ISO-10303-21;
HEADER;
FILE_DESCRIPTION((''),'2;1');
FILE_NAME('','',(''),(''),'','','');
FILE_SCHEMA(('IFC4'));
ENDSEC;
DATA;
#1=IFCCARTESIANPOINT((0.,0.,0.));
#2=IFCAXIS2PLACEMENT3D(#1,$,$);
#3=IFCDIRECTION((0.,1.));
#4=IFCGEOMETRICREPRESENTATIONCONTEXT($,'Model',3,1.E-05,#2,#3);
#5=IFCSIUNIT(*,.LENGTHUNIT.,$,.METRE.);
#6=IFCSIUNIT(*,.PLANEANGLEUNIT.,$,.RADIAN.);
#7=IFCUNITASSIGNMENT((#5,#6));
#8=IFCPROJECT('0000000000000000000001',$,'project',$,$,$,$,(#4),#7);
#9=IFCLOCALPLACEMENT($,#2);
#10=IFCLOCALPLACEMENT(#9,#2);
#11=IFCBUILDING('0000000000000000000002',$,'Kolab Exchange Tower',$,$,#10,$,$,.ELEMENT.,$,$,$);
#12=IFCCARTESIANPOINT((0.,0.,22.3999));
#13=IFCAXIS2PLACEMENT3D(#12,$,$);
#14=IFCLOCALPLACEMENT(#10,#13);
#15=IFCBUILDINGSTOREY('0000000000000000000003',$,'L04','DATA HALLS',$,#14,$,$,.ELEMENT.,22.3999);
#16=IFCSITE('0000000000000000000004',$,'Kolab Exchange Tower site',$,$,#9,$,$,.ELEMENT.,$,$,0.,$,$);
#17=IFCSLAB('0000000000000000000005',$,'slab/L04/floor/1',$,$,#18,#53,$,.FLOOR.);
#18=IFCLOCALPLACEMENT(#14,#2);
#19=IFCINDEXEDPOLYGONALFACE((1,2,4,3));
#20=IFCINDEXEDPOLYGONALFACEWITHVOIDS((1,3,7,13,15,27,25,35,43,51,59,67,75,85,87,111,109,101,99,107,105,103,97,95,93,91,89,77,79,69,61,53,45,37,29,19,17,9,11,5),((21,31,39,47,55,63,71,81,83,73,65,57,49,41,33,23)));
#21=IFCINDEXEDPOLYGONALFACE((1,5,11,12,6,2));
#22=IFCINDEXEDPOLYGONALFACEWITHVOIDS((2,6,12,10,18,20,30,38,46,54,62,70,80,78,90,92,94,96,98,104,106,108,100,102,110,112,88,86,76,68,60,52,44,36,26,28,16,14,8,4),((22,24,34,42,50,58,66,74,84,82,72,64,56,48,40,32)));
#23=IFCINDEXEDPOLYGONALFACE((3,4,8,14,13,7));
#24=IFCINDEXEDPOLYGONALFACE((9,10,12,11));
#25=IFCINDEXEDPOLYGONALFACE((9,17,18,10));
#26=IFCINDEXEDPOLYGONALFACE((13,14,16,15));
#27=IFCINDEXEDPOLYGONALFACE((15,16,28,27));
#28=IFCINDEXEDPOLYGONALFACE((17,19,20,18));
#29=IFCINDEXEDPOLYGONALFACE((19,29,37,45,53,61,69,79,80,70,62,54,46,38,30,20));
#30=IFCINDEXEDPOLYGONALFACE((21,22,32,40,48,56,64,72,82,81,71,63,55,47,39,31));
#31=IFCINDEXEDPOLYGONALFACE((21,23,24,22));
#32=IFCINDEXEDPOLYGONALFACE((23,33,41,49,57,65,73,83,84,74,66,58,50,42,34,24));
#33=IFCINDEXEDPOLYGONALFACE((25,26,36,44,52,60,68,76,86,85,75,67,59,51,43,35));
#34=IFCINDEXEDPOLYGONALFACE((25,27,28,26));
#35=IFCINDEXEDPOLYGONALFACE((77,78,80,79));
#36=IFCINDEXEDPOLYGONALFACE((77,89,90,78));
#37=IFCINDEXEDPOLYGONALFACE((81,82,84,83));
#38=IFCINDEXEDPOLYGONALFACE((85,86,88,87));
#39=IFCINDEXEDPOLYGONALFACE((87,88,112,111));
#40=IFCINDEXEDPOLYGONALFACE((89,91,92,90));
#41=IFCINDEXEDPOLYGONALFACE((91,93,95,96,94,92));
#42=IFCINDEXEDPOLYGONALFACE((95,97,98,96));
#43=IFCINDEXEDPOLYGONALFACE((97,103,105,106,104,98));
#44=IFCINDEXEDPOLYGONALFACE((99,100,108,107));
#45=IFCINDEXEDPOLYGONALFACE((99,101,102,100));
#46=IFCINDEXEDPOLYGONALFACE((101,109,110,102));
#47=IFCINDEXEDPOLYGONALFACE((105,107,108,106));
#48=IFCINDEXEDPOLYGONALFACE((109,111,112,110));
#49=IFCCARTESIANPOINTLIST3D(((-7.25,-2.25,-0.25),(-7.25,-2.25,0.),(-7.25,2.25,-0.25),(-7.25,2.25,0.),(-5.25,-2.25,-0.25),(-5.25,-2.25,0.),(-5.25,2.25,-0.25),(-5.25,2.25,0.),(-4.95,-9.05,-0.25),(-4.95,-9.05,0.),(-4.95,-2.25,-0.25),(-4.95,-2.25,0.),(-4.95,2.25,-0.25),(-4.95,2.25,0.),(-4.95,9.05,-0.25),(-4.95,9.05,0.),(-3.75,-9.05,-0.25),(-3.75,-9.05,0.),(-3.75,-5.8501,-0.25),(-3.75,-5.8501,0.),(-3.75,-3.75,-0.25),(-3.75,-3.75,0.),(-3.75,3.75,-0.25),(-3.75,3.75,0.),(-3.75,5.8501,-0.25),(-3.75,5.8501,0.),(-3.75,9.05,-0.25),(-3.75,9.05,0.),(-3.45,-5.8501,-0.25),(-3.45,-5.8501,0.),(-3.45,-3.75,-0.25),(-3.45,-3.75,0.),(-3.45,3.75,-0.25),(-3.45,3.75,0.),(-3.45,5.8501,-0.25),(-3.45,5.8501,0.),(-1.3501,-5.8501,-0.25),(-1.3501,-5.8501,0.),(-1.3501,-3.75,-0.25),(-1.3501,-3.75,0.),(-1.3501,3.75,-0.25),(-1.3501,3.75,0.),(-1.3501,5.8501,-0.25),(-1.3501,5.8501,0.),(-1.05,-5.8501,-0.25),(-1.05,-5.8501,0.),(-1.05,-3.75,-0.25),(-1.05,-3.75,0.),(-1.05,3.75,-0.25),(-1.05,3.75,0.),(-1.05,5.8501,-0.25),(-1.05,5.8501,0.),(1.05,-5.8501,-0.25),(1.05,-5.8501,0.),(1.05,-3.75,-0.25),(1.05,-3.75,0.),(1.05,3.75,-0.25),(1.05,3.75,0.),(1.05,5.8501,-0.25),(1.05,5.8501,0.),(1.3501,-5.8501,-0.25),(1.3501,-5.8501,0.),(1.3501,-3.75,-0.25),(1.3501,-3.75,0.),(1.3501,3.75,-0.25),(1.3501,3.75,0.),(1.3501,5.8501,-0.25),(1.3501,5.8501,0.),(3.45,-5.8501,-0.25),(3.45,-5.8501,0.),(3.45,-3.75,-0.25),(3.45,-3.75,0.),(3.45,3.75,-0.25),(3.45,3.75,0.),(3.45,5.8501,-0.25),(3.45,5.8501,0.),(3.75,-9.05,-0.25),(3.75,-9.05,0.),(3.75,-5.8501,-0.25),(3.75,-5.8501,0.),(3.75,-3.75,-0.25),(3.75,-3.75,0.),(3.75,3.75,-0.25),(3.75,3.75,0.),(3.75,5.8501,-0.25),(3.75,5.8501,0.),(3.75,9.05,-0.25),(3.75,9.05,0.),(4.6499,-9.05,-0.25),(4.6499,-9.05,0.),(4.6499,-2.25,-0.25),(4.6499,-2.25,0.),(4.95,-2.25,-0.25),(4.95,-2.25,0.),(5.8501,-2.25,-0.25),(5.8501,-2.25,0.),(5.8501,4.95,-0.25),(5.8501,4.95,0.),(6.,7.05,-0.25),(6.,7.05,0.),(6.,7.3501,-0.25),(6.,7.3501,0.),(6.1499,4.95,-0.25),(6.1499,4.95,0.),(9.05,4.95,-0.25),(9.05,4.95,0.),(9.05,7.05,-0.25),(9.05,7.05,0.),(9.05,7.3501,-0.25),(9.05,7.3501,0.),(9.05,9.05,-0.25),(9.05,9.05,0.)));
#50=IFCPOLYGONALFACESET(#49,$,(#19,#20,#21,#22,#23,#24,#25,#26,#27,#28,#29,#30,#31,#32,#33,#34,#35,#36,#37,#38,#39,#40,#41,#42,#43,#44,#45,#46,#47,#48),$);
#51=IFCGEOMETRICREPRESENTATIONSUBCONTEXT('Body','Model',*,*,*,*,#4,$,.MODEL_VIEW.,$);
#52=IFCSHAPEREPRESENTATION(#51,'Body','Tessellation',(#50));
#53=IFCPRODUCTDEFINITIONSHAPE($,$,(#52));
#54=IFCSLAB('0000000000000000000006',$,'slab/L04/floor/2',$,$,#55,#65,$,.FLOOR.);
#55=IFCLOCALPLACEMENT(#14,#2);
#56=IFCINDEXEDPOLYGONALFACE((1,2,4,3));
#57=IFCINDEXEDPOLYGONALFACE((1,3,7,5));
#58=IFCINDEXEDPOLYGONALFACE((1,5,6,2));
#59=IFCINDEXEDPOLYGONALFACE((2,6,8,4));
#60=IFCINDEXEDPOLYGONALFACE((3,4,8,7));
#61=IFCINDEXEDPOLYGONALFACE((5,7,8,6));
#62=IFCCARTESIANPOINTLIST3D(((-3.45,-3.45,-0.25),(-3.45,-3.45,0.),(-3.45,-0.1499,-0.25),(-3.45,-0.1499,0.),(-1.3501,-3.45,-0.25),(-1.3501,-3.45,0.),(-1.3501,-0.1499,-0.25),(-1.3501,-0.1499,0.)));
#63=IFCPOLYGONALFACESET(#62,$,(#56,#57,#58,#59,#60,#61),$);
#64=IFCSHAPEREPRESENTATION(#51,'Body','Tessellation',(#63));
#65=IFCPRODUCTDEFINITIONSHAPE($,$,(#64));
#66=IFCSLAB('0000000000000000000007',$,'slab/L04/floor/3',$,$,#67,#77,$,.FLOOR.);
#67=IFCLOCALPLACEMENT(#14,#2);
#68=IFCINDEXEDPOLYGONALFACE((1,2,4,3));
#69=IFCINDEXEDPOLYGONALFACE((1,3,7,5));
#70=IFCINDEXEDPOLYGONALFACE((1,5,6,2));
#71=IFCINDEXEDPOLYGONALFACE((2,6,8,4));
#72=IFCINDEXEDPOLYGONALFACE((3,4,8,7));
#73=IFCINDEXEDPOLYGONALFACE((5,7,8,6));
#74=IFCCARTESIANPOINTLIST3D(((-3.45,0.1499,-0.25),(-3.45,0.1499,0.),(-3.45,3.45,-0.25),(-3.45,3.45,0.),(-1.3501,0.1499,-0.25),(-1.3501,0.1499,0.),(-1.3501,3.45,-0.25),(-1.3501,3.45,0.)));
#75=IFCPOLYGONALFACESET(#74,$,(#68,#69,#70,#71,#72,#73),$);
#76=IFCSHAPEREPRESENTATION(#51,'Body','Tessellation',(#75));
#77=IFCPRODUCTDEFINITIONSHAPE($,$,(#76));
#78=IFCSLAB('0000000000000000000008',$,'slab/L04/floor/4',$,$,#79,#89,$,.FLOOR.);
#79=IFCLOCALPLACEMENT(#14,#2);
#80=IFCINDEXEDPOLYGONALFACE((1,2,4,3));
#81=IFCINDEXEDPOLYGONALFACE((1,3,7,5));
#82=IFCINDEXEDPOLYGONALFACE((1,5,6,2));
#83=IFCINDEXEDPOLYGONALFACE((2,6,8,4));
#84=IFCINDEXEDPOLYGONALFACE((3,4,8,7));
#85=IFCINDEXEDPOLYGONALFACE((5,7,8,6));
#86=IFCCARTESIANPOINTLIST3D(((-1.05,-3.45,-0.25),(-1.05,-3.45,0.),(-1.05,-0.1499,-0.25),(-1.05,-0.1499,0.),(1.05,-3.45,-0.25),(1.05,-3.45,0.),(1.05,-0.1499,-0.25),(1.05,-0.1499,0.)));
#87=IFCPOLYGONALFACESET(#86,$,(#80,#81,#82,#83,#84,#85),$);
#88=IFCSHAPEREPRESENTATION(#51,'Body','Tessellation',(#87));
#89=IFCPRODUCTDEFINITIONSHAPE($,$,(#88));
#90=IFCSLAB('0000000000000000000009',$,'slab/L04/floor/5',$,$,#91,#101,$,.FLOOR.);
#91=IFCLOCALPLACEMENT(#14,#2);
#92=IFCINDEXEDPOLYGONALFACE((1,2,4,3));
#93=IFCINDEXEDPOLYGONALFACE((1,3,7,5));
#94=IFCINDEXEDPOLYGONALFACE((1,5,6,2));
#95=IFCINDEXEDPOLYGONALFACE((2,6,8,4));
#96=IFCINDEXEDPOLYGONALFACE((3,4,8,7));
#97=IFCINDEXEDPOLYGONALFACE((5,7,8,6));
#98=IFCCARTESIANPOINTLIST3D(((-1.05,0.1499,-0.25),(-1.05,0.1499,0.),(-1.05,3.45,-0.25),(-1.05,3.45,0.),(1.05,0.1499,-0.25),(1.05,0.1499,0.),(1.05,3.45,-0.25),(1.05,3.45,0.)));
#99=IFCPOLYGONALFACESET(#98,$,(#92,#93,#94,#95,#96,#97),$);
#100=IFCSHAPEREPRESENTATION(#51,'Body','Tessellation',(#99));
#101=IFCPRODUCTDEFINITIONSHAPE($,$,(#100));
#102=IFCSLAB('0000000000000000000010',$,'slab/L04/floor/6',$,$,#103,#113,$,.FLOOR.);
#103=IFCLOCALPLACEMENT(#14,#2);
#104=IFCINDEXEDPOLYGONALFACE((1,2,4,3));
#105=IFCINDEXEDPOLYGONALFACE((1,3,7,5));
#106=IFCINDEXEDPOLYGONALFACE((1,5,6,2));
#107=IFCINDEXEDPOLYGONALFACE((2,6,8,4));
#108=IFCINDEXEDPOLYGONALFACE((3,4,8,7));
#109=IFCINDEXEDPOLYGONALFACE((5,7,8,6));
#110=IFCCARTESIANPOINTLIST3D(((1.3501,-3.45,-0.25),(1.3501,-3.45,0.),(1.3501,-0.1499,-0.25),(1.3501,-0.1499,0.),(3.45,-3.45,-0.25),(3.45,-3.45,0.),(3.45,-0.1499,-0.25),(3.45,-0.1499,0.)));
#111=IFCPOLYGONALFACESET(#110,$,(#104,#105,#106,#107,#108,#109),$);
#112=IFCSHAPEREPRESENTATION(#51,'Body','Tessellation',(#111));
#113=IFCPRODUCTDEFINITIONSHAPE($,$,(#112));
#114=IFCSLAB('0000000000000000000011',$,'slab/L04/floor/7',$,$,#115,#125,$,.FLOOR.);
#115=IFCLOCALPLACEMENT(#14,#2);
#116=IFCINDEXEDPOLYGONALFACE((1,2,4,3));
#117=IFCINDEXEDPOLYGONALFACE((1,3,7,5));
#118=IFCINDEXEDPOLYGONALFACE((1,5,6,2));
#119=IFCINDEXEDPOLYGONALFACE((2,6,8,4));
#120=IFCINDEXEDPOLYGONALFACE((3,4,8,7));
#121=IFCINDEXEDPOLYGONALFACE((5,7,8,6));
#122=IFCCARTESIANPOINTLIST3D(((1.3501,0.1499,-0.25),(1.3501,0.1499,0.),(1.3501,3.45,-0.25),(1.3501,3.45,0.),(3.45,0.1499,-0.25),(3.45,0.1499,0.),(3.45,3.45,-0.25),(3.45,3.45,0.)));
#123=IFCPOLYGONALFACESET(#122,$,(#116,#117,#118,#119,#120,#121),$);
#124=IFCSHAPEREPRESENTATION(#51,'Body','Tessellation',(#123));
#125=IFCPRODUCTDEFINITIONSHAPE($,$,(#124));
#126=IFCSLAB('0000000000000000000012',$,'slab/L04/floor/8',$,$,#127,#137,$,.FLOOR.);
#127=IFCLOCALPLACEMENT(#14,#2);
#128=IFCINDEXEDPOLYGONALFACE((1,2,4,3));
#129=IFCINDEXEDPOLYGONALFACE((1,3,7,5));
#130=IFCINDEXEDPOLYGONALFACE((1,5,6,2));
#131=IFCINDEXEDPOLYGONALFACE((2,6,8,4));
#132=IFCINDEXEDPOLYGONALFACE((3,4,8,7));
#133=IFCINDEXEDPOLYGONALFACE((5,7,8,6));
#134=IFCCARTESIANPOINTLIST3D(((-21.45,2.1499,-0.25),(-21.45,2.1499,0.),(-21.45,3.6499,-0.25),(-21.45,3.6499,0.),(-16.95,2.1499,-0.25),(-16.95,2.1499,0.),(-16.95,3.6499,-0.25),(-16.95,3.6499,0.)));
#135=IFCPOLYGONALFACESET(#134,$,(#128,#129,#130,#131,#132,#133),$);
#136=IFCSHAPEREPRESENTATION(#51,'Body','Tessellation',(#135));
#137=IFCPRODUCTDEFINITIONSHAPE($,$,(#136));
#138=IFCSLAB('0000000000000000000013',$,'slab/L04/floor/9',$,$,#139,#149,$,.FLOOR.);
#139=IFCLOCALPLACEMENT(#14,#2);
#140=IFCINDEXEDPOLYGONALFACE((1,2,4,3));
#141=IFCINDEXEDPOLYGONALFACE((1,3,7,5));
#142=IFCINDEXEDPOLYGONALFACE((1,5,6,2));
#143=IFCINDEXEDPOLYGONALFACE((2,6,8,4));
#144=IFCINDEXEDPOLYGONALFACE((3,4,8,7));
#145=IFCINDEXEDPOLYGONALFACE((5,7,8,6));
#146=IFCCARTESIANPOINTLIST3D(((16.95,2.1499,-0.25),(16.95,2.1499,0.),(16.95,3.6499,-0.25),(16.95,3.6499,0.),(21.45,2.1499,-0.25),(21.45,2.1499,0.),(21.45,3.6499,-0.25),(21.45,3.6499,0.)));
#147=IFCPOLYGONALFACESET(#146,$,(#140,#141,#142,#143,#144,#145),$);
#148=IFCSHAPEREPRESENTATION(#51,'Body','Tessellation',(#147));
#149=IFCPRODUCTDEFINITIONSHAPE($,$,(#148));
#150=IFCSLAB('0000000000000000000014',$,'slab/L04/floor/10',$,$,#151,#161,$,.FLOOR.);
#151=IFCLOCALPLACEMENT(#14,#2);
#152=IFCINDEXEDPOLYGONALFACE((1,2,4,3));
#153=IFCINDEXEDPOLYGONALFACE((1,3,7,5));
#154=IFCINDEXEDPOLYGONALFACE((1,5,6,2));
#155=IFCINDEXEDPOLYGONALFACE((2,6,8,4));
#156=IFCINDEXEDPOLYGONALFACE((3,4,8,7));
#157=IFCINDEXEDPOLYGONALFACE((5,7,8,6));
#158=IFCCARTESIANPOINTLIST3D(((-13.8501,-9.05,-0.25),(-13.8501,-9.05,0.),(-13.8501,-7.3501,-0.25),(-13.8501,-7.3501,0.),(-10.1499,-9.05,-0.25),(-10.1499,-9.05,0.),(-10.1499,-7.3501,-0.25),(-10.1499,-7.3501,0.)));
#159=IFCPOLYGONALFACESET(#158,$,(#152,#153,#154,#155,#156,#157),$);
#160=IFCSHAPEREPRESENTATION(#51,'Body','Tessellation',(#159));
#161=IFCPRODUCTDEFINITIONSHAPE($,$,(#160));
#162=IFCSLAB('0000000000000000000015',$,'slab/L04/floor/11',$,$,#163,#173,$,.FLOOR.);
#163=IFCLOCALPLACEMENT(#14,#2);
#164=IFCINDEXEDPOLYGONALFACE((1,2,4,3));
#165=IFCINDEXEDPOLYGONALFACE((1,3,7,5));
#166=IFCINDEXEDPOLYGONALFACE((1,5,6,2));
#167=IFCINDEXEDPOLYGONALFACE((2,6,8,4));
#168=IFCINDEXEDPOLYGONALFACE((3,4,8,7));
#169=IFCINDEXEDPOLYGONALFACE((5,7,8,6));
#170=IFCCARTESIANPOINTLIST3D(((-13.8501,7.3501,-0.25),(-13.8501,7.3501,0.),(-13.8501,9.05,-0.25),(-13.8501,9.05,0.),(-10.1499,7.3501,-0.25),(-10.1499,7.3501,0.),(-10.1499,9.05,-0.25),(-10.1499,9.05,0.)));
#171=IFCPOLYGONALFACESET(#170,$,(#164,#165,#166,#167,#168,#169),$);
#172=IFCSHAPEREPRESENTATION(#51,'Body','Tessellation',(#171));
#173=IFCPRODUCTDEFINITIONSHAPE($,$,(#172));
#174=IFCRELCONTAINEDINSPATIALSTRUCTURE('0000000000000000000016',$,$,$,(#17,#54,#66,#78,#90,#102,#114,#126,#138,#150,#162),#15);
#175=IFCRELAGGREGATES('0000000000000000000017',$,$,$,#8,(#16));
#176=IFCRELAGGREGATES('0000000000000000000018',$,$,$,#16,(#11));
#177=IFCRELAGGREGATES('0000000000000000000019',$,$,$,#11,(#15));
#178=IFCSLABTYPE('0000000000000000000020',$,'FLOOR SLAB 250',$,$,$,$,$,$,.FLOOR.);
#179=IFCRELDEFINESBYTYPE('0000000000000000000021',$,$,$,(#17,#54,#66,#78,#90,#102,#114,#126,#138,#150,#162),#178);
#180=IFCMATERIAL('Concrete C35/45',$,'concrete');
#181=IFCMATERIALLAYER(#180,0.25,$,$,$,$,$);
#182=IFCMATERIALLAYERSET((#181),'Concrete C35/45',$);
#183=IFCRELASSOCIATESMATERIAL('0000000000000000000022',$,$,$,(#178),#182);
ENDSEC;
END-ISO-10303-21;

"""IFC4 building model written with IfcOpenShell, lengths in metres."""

from ifc_helpers import new_model, si_unit, direction, frame, origin, place, context, subcontext, project, spatial, polyline, outline, extrude, material, layer, layer_set, type_object, element, save


model = new_model("IFC4")

# Units and contexts
model_context = context("Model", 3, precision=1e-05, world=origin(), true_north=direction((0.0, 1.0)))
body_context = subcontext(model_context, "Body", "Model", "MODEL_VIEW")
ifc_project = project(units=[si_unit("LENGTHUNIT", "METRE"), si_unit("PLANEANGLEUNIT", "RADIAN")], contexts=[model_context])

# Site, building, storey
site_placement = place(None, origin())
site = spatial("IfcSite", under=ifc_project, at=site_placement, Name="Kolab Exchange Tower site", CompositionType="ELEMENT", RefElevation=0.0)
building_placement = place(site_placement, origin())
building = spatial("IfcBuilding", under=site, at=building_placement, Name="Kolab Exchange Tower", CompositionType="ELEMENT")
storey_placement = place(building_placement, frame((0.0, 0.0, 22.3999)))
storey = spatial("IfcBuildingStorey", under=building, at=storey_placement, Name="L04", Description="DATA HALLS", CompositionType="ELEMENT", Elevation=22.3999)

# Slabs
ifc_material_1 = material(Name="Concrete C35/45", Category="concrete")
ifc_layer_1 = layer(ifc_material_1, 0.25)
ifc_layer_set_1 = layer_set([ifc_layer_1], Name="Concrete C35/45")
slab_type = type_object("IfcSlabType", Name="FLOOR SLAB 250", PredefinedType="FLOOR", material=ifc_layer_set_1)
slab_1_placement = place(storey_placement, frame((0.0, 0.0, -0.25)))
element("IfcSlab", 1, at=slab_1_placement, inside=storey, type_object=slab_type, Name="slab/L04/floor/1", PredefinedType="FLOOR", context=body_context, shape_type="SweptSolid", body=[
    extrude(outline(polyline([(-5.25, 2.25), (-7.25, 2.25), (-7.25, -2.25), (-5.25, -2.25), (-4.95, -2.25), (-4.95, -9.05), (-3.75, -9.05), (-3.75, -5.8501), (-3.45, -5.8501), (-1.3501, -5.8501), (-1.05, -5.8501), (1.05, -5.8501), (1.3501, -5.8501), (3.45, -5.8501), (3.75, -5.8501), (3.75, -9.05), (4.6499, -9.05), (4.6499, -2.25), (4.95, -2.25), (5.8501, -2.25), (5.8501, 4.95), (6.1499, 4.95), (9.05, 4.95), (9.05, 7.05), (6.0, 7.05), (6.0, 7.3501), (9.05, 7.3501), (9.05, 9.05), (3.75, 9.05), (3.75, 5.8501), (3.45, 5.8501), (1.3501, 5.8501), (1.05, 5.8501), (-1.05, 5.8501), (-1.3501, 5.8501), (-3.45, 5.8501), (-3.75, 5.8501), (-3.75, 9.05), (-4.95, 9.05), (-4.95, 2.25), (-5.25, 2.25)]), holes=[polyline([(-1.3501, 3.75), (-1.05, 3.75), (1.05, 3.75), (1.3501, 3.75), (3.45, 3.75), (3.75, 3.75), (3.75, -3.75), (3.45, -3.75), (1.3501, -3.75), (1.05, -3.75), (-1.05, -3.75), (-1.3501, -3.75), (-3.45, -3.75), (-3.75, -3.75), (-3.75, 3.75), (-3.45, 3.75), (-1.3501, 3.75)])]), origin(), (0.0, 0.0, 1.0), 0.25),
])
slab_2_placement = place(storey_placement, frame((0.0, 0.0, -0.25)))
element("IfcSlab", 2, at=slab_2_placement, inside=storey, type_object=slab_type, Name="slab/L04/floor/2", PredefinedType="FLOOR", context=body_context, shape_type="SweptSolid", body=[
    extrude(outline(polyline([(-3.45, -3.45), (-1.3501, -3.45), (-1.3501, -0.1499), (-3.45, -0.1499), (-3.45, -3.45)])), origin(), (0.0, 0.0, 1.0), 0.25),
])
slab_3_placement = place(storey_placement, frame((0.0, 0.0, -0.25)))
element("IfcSlab", 3, at=slab_3_placement, inside=storey, type_object=slab_type, Name="slab/L04/floor/3", PredefinedType="FLOOR", context=body_context, shape_type="SweptSolid", body=[
    extrude(outline(polyline([(-1.3501, 0.1499), (-1.3501, 3.45), (-3.45, 3.45), (-3.45, 0.1499), (-1.3501, 0.1499)])), origin(), (0.0, 0.0, 1.0), 0.25),
])
slab_4_placement = place(storey_placement, frame((0.0, 0.0, -0.25)))
element("IfcSlab", 4, at=slab_4_placement, inside=storey, type_object=slab_type, Name="slab/L04/floor/4", PredefinedType="FLOOR", context=body_context, shape_type="SweptSolid", body=[
    extrude(outline(polyline([(-1.05, -0.1499), (-1.05, -3.45), (1.05, -3.45), (1.05, -0.1499), (-1.05, -0.1499)])), origin(), (0.0, 0.0, 1.0), 0.25),
])
slab_5_placement = place(storey_placement, frame((0.0, 0.0, -0.25)))
element("IfcSlab", 5, at=slab_5_placement, inside=storey, type_object=slab_type, Name="slab/L04/floor/5", PredefinedType="FLOOR", context=body_context, shape_type="SweptSolid", body=[
    extrude(outline(polyline([(-1.05, 3.45), (-1.05, 0.1499), (1.05, 0.1499), (1.05, 3.45), (-1.05, 3.45)])), origin(), (0.0, 0.0, 1.0), 0.25),
])
slab_6_placement = place(storey_placement, frame((0.0, 0.0, -0.25)))
element("IfcSlab", 6, at=slab_6_placement, inside=storey, type_object=slab_type, Name="slab/L04/floor/6", PredefinedType="FLOOR", context=body_context, shape_type="SweptSolid", body=[
    extrude(outline(polyline([(1.3501, -3.45), (3.45, -3.45), (3.45, -0.1499), (1.3501, -0.1499), (1.3501, -3.45)])), origin(), (0.0, 0.0, 1.0), 0.25),
])
slab_7_placement = place(storey_placement, frame((0.0, 0.0, -0.25)))
element("IfcSlab", 7, at=slab_7_placement, inside=storey, type_object=slab_type, Name="slab/L04/floor/7", PredefinedType="FLOOR", context=body_context, shape_type="SweptSolid", body=[
    extrude(outline(polyline([(1.3501, 0.1499), (3.45, 0.1499), (3.45, 3.45), (1.3501, 3.45), (1.3501, 0.1499)])), origin(), (0.0, 0.0, 1.0), 0.25),
])
slab_8_placement = place(storey_placement, frame((0.0, 0.0, -0.25)))
element("IfcSlab", 8, at=slab_8_placement, inside=storey, type_object=slab_type, Name="slab/L04/floor/8", PredefinedType="FLOOR", context=body_context, shape_type="SweptSolid", body=[
    extrude(outline(polyline([(-21.45, 3.6499), (-21.45, 2.1499), (-16.95, 2.1499), (-16.95, 3.6499), (-21.45, 3.6499)])), origin(), (0.0, 0.0, 1.0), 0.25),
])
slab_9_placement = place(storey_placement, frame((0.0, 0.0, -0.25)))
element("IfcSlab", 9, at=slab_9_placement, inside=storey, type_object=slab_type, Name="slab/L04/floor/9", PredefinedType="FLOOR", context=body_context, shape_type="SweptSolid", body=[
    extrude(outline(polyline([(21.45, 3.6499), (16.95, 3.6499), (16.95, 2.1499), (21.45, 2.1499), (21.45, 3.6499)])), origin(), (0.0, 0.0, 1.0), 0.25),
])
slab_10_placement = place(storey_placement, frame((0.0, 0.0, -0.25)))
element("IfcSlab", 10, at=slab_10_placement, inside=storey, type_object=slab_type, Name="slab/L04/floor/10", PredefinedType="FLOOR", context=body_context, shape_type="SweptSolid", body=[
    extrude(outline(polyline([(-10.1499, -9.05), (-10.1499, -7.3501), (-13.8501, -7.3501), (-13.8501, -9.05), (-10.1499, -9.05)])), origin(), (0.0, 0.0, 1.0), 0.25),
])
slab_11_placement = place(storey_placement, frame((0.0, 0.0, -0.25)))
element("IfcSlab", 11, at=slab_11_placement, inside=storey, type_object=slab_type, Name="slab/L04/floor/11", PredefinedType="FLOOR", context=body_context, shape_type="SweptSolid", body=[
    extrude(outline(polyline([(-13.8501, 7.3501), (-10.1499, 7.3501), (-10.1499, 9.05), (-13.8501, 9.05), (-13.8501, 7.3501)])), origin(), (0.0, 0.0, 1.0), 0.25),
])

save(model, "model.ifc")
